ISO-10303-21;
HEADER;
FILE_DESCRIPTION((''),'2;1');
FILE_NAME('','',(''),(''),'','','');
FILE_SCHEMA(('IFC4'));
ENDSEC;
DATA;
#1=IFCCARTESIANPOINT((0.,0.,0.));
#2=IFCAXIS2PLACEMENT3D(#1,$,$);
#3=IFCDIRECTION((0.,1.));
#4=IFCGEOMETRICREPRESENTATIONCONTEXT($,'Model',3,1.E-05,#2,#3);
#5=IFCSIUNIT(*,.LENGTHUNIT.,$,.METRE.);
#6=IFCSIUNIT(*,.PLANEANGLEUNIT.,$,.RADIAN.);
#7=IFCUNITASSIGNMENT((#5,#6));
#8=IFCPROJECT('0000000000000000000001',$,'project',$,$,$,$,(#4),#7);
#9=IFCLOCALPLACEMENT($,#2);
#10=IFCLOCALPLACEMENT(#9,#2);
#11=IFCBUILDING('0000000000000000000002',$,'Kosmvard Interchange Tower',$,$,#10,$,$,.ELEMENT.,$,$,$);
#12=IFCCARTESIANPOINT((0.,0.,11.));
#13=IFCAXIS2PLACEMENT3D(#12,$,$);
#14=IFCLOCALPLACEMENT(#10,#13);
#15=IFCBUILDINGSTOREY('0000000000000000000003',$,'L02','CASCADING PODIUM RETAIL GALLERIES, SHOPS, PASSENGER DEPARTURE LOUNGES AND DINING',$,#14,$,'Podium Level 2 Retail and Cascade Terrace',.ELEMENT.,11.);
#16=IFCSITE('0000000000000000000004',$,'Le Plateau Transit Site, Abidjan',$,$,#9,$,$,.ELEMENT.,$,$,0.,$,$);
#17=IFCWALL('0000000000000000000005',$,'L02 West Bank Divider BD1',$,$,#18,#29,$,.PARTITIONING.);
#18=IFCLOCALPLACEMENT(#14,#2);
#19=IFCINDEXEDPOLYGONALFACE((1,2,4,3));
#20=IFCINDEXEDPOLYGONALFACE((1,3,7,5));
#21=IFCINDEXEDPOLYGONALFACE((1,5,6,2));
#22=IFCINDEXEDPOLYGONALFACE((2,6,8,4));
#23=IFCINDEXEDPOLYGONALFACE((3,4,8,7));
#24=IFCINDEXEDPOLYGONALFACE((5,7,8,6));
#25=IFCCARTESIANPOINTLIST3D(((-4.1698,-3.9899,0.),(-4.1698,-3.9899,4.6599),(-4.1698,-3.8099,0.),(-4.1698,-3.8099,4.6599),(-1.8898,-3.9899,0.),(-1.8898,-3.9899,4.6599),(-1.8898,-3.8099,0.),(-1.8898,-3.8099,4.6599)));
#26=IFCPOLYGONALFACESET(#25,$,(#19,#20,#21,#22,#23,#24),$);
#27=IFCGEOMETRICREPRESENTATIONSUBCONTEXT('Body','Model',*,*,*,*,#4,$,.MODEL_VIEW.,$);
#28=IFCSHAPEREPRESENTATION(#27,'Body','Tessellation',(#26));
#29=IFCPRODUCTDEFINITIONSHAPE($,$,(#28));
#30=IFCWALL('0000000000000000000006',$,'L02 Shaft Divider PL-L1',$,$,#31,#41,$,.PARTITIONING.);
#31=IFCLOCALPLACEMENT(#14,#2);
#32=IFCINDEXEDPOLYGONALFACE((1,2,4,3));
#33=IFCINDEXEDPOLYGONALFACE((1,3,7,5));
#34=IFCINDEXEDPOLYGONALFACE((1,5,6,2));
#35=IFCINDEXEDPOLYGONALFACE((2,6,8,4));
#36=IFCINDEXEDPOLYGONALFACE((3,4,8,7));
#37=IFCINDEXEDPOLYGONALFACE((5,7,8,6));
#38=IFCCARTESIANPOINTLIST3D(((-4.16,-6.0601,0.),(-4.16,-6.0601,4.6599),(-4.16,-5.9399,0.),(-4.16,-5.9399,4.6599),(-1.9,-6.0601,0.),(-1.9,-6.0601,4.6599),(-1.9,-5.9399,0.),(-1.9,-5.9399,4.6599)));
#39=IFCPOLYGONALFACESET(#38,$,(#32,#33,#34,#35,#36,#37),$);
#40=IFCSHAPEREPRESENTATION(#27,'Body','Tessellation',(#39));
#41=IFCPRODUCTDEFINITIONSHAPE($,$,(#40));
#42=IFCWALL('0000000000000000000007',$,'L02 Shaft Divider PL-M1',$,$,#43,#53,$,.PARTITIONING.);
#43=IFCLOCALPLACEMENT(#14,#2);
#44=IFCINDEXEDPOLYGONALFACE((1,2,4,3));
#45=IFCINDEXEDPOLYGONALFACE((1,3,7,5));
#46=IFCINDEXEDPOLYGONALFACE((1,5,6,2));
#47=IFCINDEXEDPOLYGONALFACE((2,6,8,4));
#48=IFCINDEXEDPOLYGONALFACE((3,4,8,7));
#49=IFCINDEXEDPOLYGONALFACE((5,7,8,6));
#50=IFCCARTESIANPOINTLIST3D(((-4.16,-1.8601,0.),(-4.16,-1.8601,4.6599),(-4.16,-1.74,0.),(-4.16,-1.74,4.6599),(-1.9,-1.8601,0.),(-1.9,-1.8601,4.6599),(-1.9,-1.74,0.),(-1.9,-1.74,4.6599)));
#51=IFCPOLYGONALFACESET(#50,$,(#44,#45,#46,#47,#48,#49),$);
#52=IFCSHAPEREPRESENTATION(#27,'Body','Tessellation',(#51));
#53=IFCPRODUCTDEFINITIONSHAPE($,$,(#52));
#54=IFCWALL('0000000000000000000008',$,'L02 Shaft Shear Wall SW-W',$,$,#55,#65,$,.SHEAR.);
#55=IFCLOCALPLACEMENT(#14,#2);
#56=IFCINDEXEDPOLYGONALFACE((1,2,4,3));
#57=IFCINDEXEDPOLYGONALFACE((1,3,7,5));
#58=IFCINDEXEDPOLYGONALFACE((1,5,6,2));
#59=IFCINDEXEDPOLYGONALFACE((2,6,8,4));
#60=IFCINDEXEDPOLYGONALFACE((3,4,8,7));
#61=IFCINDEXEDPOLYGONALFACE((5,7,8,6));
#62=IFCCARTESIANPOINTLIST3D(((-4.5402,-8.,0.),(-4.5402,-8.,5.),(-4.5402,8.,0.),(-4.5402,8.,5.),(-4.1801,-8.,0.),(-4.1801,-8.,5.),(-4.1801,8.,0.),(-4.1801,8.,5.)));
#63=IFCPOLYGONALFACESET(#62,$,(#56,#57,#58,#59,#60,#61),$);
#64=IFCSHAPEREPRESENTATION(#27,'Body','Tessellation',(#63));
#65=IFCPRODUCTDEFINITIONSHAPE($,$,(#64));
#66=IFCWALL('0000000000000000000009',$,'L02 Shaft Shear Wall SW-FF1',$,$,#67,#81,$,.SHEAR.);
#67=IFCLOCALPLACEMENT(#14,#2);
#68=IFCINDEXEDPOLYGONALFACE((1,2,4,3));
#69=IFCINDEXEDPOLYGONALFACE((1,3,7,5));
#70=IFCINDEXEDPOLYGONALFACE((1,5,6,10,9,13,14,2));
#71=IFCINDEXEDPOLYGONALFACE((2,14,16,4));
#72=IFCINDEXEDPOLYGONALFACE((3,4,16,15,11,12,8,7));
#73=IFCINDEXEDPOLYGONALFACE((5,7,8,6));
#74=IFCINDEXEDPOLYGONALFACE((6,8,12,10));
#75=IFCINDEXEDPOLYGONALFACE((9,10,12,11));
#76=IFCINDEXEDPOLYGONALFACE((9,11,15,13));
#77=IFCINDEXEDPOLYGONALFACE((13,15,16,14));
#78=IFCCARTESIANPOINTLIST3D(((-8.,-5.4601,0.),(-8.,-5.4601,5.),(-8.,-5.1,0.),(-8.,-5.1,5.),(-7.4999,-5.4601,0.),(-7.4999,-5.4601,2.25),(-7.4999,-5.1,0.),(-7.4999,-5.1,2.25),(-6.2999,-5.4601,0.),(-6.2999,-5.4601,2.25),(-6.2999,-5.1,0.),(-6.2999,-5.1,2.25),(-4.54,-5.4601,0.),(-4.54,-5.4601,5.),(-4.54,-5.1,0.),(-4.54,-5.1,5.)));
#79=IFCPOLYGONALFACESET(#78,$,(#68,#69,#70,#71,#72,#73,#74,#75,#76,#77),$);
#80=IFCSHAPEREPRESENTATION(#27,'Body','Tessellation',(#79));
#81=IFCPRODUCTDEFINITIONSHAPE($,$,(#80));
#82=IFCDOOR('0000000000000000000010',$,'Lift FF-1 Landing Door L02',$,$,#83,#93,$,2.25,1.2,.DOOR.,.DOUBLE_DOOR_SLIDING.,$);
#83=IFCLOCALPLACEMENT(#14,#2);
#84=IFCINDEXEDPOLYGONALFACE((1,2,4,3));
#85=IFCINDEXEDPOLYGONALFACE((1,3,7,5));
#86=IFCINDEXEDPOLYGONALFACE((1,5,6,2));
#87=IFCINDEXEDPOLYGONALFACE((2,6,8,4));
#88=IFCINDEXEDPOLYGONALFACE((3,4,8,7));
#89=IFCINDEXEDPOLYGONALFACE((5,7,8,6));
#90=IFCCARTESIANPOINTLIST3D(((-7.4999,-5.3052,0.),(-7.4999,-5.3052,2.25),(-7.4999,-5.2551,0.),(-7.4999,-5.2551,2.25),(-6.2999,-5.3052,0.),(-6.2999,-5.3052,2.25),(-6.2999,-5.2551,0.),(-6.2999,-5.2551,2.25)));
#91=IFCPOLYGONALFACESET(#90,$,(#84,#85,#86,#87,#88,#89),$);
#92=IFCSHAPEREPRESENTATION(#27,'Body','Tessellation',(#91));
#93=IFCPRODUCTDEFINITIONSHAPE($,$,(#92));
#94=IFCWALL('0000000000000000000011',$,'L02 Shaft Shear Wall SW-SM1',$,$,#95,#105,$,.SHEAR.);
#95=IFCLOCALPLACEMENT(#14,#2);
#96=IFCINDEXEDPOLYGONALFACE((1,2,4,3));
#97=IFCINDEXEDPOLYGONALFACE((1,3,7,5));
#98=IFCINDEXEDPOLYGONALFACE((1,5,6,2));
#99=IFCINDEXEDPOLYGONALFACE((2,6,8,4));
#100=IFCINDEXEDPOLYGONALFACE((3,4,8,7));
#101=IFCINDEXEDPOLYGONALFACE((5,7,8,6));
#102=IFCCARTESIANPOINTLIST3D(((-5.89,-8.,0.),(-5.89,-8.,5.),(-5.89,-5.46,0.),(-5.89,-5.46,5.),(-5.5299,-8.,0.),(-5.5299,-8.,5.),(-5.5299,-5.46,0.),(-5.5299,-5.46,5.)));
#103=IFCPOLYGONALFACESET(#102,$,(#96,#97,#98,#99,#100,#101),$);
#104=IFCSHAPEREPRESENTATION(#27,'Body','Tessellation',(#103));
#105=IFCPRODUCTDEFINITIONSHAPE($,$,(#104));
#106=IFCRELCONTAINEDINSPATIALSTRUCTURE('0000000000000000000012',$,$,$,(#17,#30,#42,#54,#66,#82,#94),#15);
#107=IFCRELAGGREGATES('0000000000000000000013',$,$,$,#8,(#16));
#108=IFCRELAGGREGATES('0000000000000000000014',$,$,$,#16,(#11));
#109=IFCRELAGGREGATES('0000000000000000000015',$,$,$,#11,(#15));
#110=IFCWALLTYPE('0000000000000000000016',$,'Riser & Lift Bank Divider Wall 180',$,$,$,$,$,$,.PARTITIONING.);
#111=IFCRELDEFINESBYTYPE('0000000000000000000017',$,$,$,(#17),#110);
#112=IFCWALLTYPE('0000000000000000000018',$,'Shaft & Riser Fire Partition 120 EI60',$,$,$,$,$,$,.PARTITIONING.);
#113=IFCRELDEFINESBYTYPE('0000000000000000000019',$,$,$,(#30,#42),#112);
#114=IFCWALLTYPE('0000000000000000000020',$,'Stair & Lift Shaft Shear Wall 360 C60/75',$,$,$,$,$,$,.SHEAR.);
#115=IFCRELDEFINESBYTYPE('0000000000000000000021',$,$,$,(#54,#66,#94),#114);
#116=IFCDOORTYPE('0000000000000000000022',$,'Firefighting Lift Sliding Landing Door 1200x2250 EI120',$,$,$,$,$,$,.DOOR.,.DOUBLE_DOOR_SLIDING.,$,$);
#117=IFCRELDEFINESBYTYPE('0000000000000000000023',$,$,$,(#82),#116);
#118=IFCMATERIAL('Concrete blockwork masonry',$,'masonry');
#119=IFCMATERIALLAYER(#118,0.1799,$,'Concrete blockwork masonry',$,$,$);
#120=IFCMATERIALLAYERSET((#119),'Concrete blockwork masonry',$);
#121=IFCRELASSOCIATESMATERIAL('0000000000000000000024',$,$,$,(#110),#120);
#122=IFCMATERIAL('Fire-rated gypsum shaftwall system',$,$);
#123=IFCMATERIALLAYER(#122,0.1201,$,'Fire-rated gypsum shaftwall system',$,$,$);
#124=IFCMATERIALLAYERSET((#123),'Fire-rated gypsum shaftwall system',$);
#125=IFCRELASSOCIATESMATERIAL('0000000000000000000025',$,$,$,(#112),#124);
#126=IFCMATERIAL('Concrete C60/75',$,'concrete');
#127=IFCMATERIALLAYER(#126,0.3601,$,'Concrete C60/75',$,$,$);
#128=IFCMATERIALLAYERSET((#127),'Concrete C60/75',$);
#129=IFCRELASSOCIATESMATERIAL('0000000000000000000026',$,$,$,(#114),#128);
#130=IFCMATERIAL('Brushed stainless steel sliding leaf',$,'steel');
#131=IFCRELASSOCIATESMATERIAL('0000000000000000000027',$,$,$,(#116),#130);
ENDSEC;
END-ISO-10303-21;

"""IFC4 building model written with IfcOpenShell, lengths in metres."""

from ifc_helpers import new_model, si_unit, direction, frame, frame_2d, origin, place, context, subcontext, project, spatial, rectangle, extrude, source, transform, mapped, material, layer, layer_set, type_object, element, fill, save


model = new_model("IFC4")

# Units and contexts
model_context = context("Model", 3, precision=1e-05, world=origin(), true_north=direction((0.0, 1.0)))
body_context = subcontext(model_context, "Body", "Model", "MODEL_VIEW")
ifc_project = project(units=[si_unit("LENGTHUNIT", "METRE"), si_unit("PLANEANGLEUNIT", "RADIAN")], contexts=[model_context])

# Site, building, storey
site_placement = place(None, origin())
site = spatial("IfcSite", under=ifc_project, at=site_placement, Name="Le Plateau Transit Site, Abidjan", CompositionType="ELEMENT", RefElevation=0.0)
building_placement = place(site_placement, origin())
building = spatial("IfcBuilding", under=site, at=building_placement, Name="Kosmvard Interchange Tower", CompositionType="ELEMENT")
storey_placement = place(building_placement, frame((0.0, 0.0, 11.0)))
storey = spatial("IfcBuildingStorey", under=building, at=storey_placement, Name="L02", Description="CASCADING PODIUM RETAIL GALLERIES, SHOPS, PASSENGER DEPARTURE LOUNGES AND DINING", LongName="Podium Level 2 Retail and Cascade Terrace", CompositionType="ELEMENT", Elevation=11.0)

# Walls
ifc_material_1 = material(Name="Concrete blockwork masonry", Category="masonry")
ifc_layer_1 = layer(ifc_material_1, 0.1799, Name="Concrete blockwork masonry")
ifc_layer_set_1 = layer_set([ifc_layer_1], Name="Concrete blockwork masonry")
wall_type_1 = type_object("IfcWallType", Name="Riser & Lift Bank Divider Wall 180", PredefinedType="PARTITIONING", material=ifc_layer_set_1)
wall_1_placement = place(storey_placement, frame((-4.1699, -3.8999, 0.0), z_axis=(0.0, 0.0, 1.0), x_axis=(1.0, 0.0, 0.0)))
element("IfcWall", 1, at=wall_1_placement, inside=storey, type_object=wall_type_1, Name="L02 West Bank Divider BD1", PredefinedType="PARTITIONING", context=body_context, shape_type="SweptSolid", body=[
    extrude(rectangle(XDim=2.28, YDim=0.1799, at=frame_2d((1.1401, 0.0))), origin(), (0.0, 0.0, 1.0), 4.6599),
])
ifc_material_2 = material(Name="Fire-rated gypsum shaftwall system")
ifc_layer_2 = layer(ifc_material_2, 0.1201, Name="Fire-rated gypsum shaftwall system")
ifc_layer_set_2 = layer_set([ifc_layer_2], Name="Fire-rated gypsum shaftwall system")
wall_type_2 = type_object("IfcWallType", Name="Shaft & Riser Fire Partition 120 EI60", PredefinedType="PARTITIONING", material=ifc_layer_set_2)
for number, where, z_axis, x_axis, name in (
    (2, (-4.1599, -6.0, 0.0), (0.0, 0.0, 1.0), (1.0, 0.0, 0.0), "L02 Shaft Divider PL-L1"),
    (3, (-4.1599, -1.8, 0.0), (0.0, 0.0, 1.0), (1.0, 0.0, 0.0), "L02 Shaft Divider PL-M1"),
):
    element("IfcWall", number, at=place(storey_placement, frame(where, z_axis=z_axis, x_axis=x_axis)), inside=storey, type_object=wall_type_2, Name=name, PredefinedType="PARTITIONING", context=body_context, shape_type="SweptSolid", body=[
        extrude(rectangle(XDim=2.26, YDim=0.1201, at=frame_2d((1.1299, 0.0))), origin(), (0.0, 0.0, 1.0), 4.6599),
    ])
ifc_material_3 = material(Name="Concrete C60/75", Category="concrete")
ifc_layer_3 = layer(ifc_material_3, 0.3601, Name="Concrete C60/75")
ifc_layer_set_3 = layer_set([ifc_layer_3], Name="Concrete C60/75")
wall_type_3 = type_object("IfcWallType", Name="Stair & Lift Shaft Shear Wall 360 C60/75", PredefinedType="SHEAR", material=ifc_layer_set_3)
wall_2_placement = place(storey_placement, frame((-4.3601, -8.0, 0.0), z_axis=(0.0, 0.0, 1.0), x_axis=(0.0, 1.0, 0.0)))
element("IfcWall", 4, at=wall_2_placement, inside=storey, type_object=wall_type_3, Name="L02 Shaft Shear Wall SW-W", PredefinedType="SHEAR", context=body_context, shape_type="SweptSolid", body=[
    extrude(rectangle(XDim=16.0, YDim=0.3601, at=frame_2d((8.0, 0.0))), origin(), (0.0, 0.0, 1.0), 5.0),
])

# Wall, opening, door
wall_3_placement = place(storey_placement, frame((-8.0, -5.28, 0.0), z_axis=(0.0, 0.0, 1.0), x_axis=(1.0, 0.0, 0.0)))
wall_3 = element("IfcWall", 5, at=wall_3_placement, inside=storey, type_object=wall_type_3, Name="L02 Shaft Shear Wall SW-FF1", PredefinedType="SHEAR", context=body_context, shape_type="SweptSolid", body=[
    extrude(rectangle(XDim=3.46, YDim=0.3601, at=frame_2d((1.73, 0.0))), origin(), (0.0, 0.0, 1.0), 5.0),
])
opening_1_placement = place(wall_3_placement, frame((0.5, 0.0, 0.0)))
opening_1 = element("IfcOpeningElement", 6, at=opening_1_placement, cuts=wall_3, PredefinedType="OPENING", context=body_context, shape_type="SweptSolid", body=[
    extrude(rectangle(XDim=1.2, YDim=2.25, at=frame_2d((0.6001, 1.125))), frame((0.0, 0.1899, 0.0), z_axis=(0.0, -1.0, 0.0), x_axis=(1.0, 0.0, 0.0)), (0.0, 0.0, 1.0), 0.3801),
])
ifc_material_4 = material(Name="Brushed stainless steel sliding leaf", Category="steel")
door_type_1 = type_object("IfcDoorType", Name="Firefighting Lift Sliding Landing Door 1200x2250 EI120", OperationType="DOUBLE_DOOR_SLIDING", PredefinedType="DOOR", material=ifc_material_4)
shared_shape_1 = source(origin(), body_context, "Body", "SweptSolid", [
    extrude(rectangle(XDim=1.2, YDim=2.25, at=frame_2d((0.6001, 1.125))), frame((0.0, 0.0249, 0.0), z_axis=(0.0, -1.0, 0.0), x_axis=(1.0, 0.0, 0.0)), (0.0, 0.0, 1.0), 0.05),
])
door_1_placement = place(opening_1_placement, origin())
door_1 = element("IfcDoor", 7, at=door_1_placement, inside=storey, type_object=door_type_1, Name="Lift FF-1 Landing Door L02", OperationType="DOUBLE_DOOR_SLIDING", OverallHeight=2.25, OverallWidth=1.2, PredefinedType="DOOR", context=body_context, shape_type="MappedRepresentation", body=[
    mapped(shared_shape_1, transform((0.0, 0.0, 0.0), scale=1.0)),
])
fill(opening_1, door_1)

# Wall
wall_4_placement = place(storey_placement, frame((-5.71, -8.0, 0.0), z_axis=(0.0, 0.0, 1.0), x_axis=(0.0, 1.0, 0.0)))
element("IfcWall", 8, at=wall_4_placement, inside=storey, type_object=wall_type_3, Name="L02 Shaft Shear Wall SW-SM1", PredefinedType="SHEAR", context=body_context, shape_type="SweptSolid", body=[
    extrude(rectangle(XDim=2.54, YDim=0.3601, at=frame_2d((1.27, 0.0))), origin(), (0.0, 0.0, 1.0), 5.0),
])

save(model, "model.ifc")
